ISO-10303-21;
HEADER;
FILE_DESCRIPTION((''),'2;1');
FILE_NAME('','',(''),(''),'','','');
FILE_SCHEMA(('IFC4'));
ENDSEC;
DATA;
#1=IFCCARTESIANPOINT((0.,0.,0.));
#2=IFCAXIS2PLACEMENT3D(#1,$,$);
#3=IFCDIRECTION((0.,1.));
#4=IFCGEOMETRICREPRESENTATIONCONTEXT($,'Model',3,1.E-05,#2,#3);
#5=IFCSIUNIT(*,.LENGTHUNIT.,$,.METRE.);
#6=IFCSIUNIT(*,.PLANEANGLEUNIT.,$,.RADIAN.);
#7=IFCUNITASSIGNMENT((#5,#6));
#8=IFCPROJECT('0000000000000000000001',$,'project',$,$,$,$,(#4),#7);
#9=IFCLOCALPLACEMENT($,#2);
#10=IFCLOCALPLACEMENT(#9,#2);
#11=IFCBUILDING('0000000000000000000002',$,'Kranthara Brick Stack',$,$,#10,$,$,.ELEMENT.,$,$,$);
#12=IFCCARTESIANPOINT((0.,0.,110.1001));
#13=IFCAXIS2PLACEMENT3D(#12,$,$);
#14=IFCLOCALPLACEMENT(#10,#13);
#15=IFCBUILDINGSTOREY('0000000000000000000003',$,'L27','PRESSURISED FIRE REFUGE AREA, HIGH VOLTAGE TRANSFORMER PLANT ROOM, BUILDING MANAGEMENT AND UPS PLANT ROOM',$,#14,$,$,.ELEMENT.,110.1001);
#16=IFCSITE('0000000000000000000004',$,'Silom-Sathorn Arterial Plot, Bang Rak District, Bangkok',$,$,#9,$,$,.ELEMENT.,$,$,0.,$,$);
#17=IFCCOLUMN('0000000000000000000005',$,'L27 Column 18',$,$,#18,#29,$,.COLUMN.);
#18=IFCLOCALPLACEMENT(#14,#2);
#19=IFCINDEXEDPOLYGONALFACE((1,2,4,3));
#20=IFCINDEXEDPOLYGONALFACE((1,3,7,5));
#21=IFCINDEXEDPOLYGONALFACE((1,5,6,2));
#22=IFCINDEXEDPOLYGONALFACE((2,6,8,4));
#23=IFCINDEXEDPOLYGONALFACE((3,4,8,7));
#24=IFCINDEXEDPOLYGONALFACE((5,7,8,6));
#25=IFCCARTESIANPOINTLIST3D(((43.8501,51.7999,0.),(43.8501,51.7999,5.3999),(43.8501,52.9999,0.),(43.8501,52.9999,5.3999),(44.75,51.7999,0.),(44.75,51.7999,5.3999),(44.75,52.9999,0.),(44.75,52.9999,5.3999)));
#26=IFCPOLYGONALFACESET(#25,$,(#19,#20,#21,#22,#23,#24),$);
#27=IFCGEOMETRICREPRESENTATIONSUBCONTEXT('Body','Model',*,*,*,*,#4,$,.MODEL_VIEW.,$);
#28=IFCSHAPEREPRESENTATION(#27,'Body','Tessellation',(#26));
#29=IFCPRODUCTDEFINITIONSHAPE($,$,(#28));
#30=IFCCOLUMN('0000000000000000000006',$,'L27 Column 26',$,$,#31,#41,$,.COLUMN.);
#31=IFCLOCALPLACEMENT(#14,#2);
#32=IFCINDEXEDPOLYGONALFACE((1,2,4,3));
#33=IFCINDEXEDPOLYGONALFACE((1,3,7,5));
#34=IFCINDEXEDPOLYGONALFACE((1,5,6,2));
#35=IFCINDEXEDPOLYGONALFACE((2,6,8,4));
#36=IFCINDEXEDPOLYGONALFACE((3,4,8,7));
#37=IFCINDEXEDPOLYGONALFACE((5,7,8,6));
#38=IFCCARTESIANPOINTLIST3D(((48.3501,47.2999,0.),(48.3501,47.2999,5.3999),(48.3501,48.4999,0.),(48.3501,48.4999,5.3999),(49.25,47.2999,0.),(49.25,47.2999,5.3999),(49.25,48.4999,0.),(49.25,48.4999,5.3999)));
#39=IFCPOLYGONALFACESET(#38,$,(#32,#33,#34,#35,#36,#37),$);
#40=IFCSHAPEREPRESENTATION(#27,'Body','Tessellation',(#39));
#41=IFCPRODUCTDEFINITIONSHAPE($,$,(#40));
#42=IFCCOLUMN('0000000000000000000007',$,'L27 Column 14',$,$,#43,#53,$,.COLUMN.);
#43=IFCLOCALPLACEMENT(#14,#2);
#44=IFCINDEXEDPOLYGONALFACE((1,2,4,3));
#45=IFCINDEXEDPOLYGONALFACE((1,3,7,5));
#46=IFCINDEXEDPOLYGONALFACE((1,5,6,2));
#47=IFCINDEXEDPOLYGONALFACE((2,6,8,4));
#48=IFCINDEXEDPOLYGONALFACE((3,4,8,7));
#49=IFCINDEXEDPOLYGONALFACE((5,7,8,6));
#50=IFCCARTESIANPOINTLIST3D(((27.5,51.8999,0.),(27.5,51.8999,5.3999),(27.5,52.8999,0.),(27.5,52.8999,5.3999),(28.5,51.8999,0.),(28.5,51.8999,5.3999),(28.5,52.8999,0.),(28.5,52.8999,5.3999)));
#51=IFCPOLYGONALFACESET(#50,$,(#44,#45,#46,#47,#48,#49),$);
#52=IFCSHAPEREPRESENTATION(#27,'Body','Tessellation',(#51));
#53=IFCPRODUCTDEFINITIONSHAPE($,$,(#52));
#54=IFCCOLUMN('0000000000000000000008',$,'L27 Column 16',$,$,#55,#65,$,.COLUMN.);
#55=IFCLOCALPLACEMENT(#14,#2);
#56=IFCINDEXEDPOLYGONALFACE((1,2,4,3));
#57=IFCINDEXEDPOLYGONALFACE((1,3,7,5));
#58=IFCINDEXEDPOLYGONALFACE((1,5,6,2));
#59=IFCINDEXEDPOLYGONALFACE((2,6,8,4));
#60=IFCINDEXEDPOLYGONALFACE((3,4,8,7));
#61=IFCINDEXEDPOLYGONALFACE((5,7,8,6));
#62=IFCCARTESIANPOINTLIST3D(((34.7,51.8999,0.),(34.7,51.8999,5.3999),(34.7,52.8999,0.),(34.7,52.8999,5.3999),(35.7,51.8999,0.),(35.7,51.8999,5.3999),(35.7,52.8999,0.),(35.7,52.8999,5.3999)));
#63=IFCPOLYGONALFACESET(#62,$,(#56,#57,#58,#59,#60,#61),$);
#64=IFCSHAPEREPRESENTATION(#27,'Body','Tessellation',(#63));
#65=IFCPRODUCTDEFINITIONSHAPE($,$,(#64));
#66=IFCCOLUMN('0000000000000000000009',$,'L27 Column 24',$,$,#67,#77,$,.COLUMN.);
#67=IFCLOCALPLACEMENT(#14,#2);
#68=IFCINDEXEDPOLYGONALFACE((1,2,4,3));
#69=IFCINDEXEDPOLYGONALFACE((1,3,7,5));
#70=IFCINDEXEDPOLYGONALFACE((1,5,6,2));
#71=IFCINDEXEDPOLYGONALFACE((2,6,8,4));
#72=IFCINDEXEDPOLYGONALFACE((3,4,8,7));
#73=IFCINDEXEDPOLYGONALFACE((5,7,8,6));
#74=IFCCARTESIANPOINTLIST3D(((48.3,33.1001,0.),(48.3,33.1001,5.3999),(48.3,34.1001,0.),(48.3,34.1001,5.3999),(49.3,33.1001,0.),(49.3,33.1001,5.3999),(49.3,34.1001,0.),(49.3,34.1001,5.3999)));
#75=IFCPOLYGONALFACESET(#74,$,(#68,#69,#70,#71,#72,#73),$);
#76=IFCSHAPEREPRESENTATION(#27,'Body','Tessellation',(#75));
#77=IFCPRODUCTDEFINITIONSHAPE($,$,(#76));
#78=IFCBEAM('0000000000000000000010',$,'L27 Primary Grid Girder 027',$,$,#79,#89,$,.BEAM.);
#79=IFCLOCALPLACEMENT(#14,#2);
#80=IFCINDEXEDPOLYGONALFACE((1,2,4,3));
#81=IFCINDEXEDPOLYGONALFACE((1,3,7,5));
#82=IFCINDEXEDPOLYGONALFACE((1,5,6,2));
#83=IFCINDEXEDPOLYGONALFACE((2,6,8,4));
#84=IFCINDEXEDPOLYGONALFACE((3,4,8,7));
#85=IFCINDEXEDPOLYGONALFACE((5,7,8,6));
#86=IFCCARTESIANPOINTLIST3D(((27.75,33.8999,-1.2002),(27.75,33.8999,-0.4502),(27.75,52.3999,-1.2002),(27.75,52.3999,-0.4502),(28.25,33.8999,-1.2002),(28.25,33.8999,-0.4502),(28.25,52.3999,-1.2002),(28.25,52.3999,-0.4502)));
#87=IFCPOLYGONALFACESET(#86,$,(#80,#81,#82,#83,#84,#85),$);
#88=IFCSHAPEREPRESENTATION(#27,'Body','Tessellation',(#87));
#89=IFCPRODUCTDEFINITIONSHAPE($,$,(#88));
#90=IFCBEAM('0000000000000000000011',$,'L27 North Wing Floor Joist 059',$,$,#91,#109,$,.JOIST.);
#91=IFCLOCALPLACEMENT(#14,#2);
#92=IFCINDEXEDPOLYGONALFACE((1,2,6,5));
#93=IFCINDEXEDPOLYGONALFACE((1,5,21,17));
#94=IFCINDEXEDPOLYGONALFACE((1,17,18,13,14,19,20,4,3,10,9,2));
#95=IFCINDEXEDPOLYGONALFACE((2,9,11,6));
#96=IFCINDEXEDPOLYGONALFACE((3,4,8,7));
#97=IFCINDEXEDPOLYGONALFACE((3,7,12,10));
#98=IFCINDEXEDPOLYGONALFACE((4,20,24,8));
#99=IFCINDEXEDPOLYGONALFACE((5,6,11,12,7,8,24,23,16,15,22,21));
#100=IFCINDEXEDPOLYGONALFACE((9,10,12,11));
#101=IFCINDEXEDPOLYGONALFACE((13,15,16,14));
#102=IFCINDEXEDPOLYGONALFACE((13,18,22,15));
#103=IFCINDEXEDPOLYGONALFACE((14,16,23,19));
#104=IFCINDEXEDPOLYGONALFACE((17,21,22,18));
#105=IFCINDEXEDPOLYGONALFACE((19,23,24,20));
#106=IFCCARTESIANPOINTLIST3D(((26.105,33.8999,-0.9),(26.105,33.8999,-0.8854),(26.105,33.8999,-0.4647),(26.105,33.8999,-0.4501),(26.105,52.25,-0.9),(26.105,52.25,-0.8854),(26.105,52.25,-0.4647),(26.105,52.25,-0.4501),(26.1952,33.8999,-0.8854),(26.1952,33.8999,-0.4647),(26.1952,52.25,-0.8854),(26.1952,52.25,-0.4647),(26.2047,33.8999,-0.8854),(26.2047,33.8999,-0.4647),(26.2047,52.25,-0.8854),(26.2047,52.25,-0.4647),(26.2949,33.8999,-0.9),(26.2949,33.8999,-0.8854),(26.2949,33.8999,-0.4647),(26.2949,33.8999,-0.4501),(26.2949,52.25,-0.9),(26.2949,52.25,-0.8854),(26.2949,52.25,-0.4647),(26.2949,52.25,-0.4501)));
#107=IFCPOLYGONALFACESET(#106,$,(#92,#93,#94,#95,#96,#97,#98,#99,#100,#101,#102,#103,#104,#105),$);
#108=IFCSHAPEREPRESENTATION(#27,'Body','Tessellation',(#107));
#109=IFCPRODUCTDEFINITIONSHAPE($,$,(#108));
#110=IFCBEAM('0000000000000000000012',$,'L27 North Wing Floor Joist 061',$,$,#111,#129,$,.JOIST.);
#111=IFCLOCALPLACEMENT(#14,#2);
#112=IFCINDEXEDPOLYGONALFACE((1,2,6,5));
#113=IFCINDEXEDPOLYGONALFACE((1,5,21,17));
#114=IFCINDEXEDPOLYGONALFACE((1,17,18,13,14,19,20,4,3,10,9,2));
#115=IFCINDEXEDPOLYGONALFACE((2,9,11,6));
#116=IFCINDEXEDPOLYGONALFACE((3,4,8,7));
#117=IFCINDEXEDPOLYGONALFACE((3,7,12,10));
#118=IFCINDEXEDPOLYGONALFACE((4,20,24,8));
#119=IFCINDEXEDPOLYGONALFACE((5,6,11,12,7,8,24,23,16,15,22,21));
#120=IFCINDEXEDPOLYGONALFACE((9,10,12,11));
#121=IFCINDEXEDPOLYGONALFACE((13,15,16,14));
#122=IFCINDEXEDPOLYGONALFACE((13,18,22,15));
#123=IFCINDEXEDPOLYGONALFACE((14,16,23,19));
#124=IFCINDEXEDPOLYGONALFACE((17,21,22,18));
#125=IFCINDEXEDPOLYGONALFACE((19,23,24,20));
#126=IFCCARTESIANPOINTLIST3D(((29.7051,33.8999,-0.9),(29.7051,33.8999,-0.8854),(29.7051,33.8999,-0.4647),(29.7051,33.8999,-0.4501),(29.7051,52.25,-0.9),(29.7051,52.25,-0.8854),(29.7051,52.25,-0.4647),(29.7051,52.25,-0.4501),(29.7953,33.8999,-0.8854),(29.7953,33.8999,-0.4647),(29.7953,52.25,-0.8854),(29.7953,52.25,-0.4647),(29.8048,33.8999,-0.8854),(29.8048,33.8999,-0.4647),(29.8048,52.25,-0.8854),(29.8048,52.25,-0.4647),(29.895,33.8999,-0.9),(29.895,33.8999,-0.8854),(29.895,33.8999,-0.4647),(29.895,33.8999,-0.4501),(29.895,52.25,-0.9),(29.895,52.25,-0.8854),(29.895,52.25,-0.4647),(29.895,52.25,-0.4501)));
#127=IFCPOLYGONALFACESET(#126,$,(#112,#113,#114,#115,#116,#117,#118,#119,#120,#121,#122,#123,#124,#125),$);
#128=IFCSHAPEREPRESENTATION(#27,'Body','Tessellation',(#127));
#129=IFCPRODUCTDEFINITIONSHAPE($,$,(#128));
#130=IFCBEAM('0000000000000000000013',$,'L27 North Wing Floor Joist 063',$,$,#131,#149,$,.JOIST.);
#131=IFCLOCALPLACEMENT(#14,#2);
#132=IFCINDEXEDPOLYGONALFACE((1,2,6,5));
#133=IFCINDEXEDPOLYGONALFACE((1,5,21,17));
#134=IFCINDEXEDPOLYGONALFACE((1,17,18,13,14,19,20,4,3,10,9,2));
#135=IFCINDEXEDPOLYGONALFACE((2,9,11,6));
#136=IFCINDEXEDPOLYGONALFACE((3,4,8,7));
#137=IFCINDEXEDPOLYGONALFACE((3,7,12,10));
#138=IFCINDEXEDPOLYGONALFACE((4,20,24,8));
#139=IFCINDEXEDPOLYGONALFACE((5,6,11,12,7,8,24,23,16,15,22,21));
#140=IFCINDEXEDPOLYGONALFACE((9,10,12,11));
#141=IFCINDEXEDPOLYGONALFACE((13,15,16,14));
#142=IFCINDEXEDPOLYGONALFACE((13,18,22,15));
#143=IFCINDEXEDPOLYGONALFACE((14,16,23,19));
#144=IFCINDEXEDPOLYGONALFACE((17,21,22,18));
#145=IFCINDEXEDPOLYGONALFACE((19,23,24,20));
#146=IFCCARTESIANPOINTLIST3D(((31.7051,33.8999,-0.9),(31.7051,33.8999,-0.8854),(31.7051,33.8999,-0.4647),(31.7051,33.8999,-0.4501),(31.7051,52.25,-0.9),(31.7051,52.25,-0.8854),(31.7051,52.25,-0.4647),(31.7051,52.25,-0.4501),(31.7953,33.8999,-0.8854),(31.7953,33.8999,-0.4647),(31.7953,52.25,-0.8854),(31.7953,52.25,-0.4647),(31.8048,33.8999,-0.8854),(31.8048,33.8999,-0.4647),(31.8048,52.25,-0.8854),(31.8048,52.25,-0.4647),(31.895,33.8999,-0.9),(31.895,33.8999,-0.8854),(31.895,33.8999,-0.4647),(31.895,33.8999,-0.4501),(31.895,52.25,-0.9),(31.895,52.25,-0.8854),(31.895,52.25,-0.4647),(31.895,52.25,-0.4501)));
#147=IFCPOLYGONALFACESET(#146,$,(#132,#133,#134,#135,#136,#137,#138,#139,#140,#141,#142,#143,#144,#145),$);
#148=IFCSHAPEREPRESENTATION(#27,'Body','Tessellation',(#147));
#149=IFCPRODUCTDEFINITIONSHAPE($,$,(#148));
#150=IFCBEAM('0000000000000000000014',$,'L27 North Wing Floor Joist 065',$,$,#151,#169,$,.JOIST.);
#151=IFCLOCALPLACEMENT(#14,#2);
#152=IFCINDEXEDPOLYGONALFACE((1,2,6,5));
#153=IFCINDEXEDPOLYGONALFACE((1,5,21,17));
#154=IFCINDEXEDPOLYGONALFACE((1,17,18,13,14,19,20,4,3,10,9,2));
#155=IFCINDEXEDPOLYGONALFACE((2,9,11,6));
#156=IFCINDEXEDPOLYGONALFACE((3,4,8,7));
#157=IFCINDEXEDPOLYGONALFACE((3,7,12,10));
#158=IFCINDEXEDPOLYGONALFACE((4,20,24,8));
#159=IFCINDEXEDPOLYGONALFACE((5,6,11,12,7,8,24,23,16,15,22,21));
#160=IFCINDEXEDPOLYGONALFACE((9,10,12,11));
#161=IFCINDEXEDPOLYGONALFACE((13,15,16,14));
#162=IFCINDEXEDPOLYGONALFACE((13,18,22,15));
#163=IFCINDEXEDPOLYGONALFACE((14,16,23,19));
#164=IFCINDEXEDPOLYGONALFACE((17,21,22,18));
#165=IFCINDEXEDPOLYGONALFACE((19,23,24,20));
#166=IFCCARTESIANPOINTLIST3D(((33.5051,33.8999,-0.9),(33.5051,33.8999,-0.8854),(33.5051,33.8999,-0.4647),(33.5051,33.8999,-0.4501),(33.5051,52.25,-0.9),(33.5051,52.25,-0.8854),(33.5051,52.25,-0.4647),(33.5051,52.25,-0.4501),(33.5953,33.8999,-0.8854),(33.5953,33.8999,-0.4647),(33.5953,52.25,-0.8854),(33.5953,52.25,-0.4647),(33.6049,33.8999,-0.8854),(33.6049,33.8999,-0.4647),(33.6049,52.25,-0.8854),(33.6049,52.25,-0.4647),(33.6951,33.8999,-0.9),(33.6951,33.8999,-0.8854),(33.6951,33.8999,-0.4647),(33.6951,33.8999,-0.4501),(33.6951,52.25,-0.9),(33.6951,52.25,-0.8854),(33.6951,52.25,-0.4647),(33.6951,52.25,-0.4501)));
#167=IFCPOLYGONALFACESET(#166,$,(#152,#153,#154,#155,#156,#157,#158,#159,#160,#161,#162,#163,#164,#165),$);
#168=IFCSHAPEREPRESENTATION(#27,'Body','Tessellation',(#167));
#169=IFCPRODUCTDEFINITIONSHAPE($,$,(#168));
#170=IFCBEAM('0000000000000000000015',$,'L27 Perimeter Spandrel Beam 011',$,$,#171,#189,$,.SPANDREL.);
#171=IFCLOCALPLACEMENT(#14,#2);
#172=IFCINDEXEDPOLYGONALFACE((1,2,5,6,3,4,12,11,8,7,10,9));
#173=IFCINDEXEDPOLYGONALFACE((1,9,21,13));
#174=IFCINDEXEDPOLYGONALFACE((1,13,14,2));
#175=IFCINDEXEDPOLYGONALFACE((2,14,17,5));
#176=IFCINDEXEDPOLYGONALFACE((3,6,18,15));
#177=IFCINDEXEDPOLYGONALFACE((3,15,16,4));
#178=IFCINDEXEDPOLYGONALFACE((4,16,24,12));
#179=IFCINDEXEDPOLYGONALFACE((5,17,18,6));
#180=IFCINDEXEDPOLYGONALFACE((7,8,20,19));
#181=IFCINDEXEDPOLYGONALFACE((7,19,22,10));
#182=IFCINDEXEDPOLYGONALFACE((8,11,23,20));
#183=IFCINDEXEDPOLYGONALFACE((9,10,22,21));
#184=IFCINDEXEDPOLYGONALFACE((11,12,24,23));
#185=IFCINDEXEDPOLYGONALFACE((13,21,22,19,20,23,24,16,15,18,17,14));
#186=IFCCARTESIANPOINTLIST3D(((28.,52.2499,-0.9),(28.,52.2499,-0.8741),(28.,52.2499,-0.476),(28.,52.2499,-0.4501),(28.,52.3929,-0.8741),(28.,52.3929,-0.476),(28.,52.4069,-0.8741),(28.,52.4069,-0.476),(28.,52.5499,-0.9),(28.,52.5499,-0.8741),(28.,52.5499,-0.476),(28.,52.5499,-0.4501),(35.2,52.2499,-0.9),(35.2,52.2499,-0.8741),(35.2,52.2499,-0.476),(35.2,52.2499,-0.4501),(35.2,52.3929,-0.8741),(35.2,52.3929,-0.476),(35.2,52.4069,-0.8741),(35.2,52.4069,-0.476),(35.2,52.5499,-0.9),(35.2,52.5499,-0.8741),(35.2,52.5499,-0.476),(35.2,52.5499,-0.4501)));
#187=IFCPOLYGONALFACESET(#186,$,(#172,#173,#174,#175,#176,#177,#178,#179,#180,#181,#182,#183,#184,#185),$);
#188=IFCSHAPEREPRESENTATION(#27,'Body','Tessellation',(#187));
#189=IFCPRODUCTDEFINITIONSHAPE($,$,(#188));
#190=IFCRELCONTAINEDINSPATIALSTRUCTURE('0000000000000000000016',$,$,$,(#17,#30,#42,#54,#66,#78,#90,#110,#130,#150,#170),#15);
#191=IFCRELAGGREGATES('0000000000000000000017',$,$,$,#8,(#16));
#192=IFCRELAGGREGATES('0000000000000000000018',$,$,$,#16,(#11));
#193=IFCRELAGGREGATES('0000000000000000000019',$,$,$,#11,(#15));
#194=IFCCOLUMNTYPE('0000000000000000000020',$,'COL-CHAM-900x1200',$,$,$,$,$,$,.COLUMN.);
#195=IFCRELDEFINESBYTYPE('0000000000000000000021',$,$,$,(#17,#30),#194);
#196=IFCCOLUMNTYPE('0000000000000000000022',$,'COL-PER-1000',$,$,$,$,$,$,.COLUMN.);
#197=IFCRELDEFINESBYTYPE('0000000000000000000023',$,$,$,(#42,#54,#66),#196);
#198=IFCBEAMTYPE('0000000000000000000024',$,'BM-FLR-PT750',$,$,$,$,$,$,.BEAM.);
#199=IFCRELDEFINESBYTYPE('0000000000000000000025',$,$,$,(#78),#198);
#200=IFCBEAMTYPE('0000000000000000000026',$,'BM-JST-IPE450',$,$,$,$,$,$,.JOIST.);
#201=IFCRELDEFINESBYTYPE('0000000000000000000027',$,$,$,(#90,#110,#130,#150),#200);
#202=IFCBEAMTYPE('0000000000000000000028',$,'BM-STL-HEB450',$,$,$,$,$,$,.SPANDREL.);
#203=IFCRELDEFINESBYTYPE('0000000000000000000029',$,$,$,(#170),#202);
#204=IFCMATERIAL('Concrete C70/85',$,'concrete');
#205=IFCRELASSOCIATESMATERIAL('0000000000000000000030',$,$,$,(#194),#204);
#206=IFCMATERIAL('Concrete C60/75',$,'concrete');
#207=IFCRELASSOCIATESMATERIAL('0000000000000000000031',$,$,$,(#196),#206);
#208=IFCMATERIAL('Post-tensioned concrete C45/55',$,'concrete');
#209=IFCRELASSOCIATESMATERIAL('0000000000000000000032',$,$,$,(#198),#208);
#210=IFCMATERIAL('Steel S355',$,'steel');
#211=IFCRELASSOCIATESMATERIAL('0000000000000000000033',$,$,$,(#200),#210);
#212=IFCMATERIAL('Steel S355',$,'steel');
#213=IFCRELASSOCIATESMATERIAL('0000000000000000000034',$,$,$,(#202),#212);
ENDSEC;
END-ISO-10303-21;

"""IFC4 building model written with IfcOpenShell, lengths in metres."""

from ifc_helpers import new_model, si_unit, direction, frame, origin, origin_2d, place, context, subcontext, project, spatial, rectangle, i_section, extrude, material, material_profile, profile_set, type_object, element, save


model = new_model("IFC4")

# Units and contexts
model_context = context("Model", 3, precision=1e-05, world=origin(), true_north=direction((0.0, 1.0)))
body_context = subcontext(model_context, "Body", "Model", "MODEL_VIEW")
ifc_project = project(units=[si_unit("LENGTHUNIT", "METRE"), si_unit("PLANEANGLEUNIT", "RADIAN")], contexts=[model_context])

# Site, building, storey
site_placement = place(None, origin())
site = spatial("IfcSite", under=ifc_project, at=site_placement, Name="Silom-Sathorn Arterial Plot, Bang Rak District, Bangkok", CompositionType="ELEMENT", RefElevation=0.0)
building_placement = place(site_placement, origin())
building = spatial("IfcBuilding", under=site, at=building_placement, Name="Kranthara Brick Stack", CompositionType="ELEMENT")
storey_placement = place(building_placement, frame((0.0, 0.0, 110.1001)))
storey = spatial("IfcBuildingStorey", under=building, at=storey_placement, Name="L27", Description="PRESSURISED FIRE REFUGE AREA, HIGH VOLTAGE TRANSFORMER PLANT ROOM, BUILDING MANAGEMENT AND UPS PLANT ROOM", CompositionType="ELEMENT", Elevation=110.1001)

# Columns
ifc_material_1 = material(Name="Concrete C70/85", Category="concrete")
ifc_material_profile_1 = material_profile(ifc_material_1, rectangle(XDim=0.8999, YDim=1.2, at=origin_2d()), Name="RC 900x1200")
ifc_profile_set_1 = profile_set([ifc_material_profile_1], Name="Concrete C70/85")
column_type_1 = type_object("IfcColumnType", Name="COL-CHAM-900x1200", PredefinedType="COLUMN", material=ifc_profile_set_1)
for number, where, z_axis, x_axis, name in (
    (1, (44.3, 52.3999, 0.0), (0.0, 0.0, 1.0), (1.0, 0.0, 0.0), "L27 Column 18"),
    (2, (48.8, 47.8999, 0.0), (0.0, 0.0, 1.0), (1.0, 0.0, 0.0), "L27 Column 26"),
):
    element("IfcColumn", number, at=place(storey_placement, frame(where, z_axis=z_axis, x_axis=x_axis)), inside=storey, type_object=column_type_1, Name=name, PredefinedType="COLUMN", context=body_context, shape_type="SweptSolid", body=[
        extrude(rectangle(XDim=0.8999, YDim=1.2, at=origin_2d()), origin(), (0.0, 0.0, 1.0), 5.3999),
    ])
ifc_material_2 = material(Name="Concrete C60/75", Category="concrete")
ifc_material_profile_2 = material_profile(ifc_material_2, rectangle(XDim=1.0, YDim=1.0, at=origin_2d()), Name="RC 1000x1000")
ifc_profile_set_2 = profile_set([ifc_material_profile_2], Name="Concrete C60/75")
column_type_2 = type_object("IfcColumnType", Name="COL-PER-1000", PredefinedType="COLUMN", material=ifc_profile_set_2)
for number, where, z_axis, x_axis, name in (
    (3, (28.0, 52.3999, 0.0), (0.0, 0.0, 1.0), (1.0, 0.0, 0.0), "L27 Column 14"),
    (4, (35.2, 52.3999, 0.0), (0.0, 0.0, 1.0), (1.0, 0.0, 0.0), "L27 Column 16"),
    (5, (48.8, 33.6001, 0.0), (0.0, 0.0, 1.0), (1.0, 0.0, 0.0), "L27 Column 24"),
):
    element("IfcColumn", number, at=place(storey_placement, frame(where, z_axis=z_axis, x_axis=x_axis)), inside=storey, type_object=column_type_2, Name=name, PredefinedType="COLUMN", context=body_context, shape_type="SweptSolid", body=[
        extrude(rectangle(XDim=1.0, YDim=1.0, at=origin_2d()), origin(), (0.0, 0.0, 1.0), 5.3999),
    ])

# Beams
ifc_material_3 = material(Name="Post-tensioned concrete C45/55", Category="concrete")
ifc_material_profile_3 = material_profile(ifc_material_3, rectangle(XDim=0.5, YDim=0.75, at=origin_2d()), Name="PT 500x750")
ifc_profile_set_3 = profile_set([ifc_material_profile_3], Name="Post-tensioned concrete C45/55")
beam_type_1 = type_object("IfcBeamType", Name="BM-FLR-PT750", PredefinedType="BEAM", material=ifc_profile_set_3)
beam_1_placement = place(storey_placement, frame((28.0, 33.8999, -0.8252), z_axis=(0.0, 1.0, 0.0), x_axis=(-1.0, 0.0, 0.0)))
element("IfcBeam", 6, at=beam_1_placement, inside=storey, type_object=beam_type_1, Name="L27 Primary Grid Girder 027", PredefinedType="BEAM", context=body_context, shape_type="SweptSolid", body=[
    extrude(rectangle(XDim=0.5, YDim=0.75, at=origin_2d()), origin(), (0.0, 0.0, 1.0), 18.5),
])
ifc_material_4 = material(Name="Steel S355", Category="steel")
ifc_material_profile_4 = material_profile(ifc_material_4, i_section(OverallWidth=0.1899, OverallDepth=0.45, WebThickness=0.0095, FlangeThickness=0.0146, at=origin_2d()), Name="IPE 450")
ifc_profile_set_4 = profile_set([ifc_material_profile_4], Name="Steel S355")
beam_type_2 = type_object("IfcBeamType", Name="BM-JST-IPE450", PredefinedType="JOIST", material=ifc_profile_set_4)
for number, where, z_axis, x_axis, name in (
    (7, (26.2, 33.8999, -0.675), (0.0, 1.0, 0.0), (-1.0, 0.0, 0.0), "L27 North Wing Floor Joist 059"),
    (8, (29.8, 33.8999, -0.675), (0.0, 1.0, 0.0), (-1.0, 0.0, 0.0), "L27 North Wing Floor Joist 061"),
    (9, (31.8, 33.8999, -0.675), (0.0, 1.0, 0.0), (-1.0, 0.0, 0.0), "L27 North Wing Floor Joist 063"),
    (10, (33.6001, 33.8999, -0.675), (0.0, 1.0, 0.0), (-1.0, 0.0, 0.0), "L27 North Wing Floor Joist 065"),
):
    element("IfcBeam", number, at=place(storey_placement, frame(where, z_axis=z_axis, x_axis=x_axis)), inside=storey, type_object=beam_type_2, Name=name, PredefinedType="JOIST", context=body_context, shape_type="SweptSolid", body=[
        extrude(i_section(OverallWidth=0.1899, OverallDepth=0.45, WebThickness=0.0095, FlangeThickness=0.0146, at=origin_2d()), origin(), (0.0, 0.0, 1.0), 18.3501),
    ])
ifc_material_5 = material(Name="Steel S355", Category="steel")
ifc_material_profile_5 = material_profile(ifc_material_5, i_section(OverallWidth=0.3, OverallDepth=0.45, WebThickness=0.0139, FlangeThickness=0.0259, at=origin_2d()), Name="HEB 450")
ifc_profile_set_5 = profile_set([ifc_material_profile_5], Name="Steel S355")
beam_type_3 = type_object("IfcBeamType", Name="BM-STL-HEB450", PredefinedType="SPANDREL", material=ifc_profile_set_5)
beam_2_placement = place(storey_placement, frame((28.0, 52.3999, -0.675), z_axis=(1.0, 0.0, 0.0), x_axis=(0.0, 1.0, 0.0)))
element("IfcBeam", 11, at=beam_2_placement, inside=storey, type_object=beam_type_3, Name="L27 Perimeter Spandrel Beam 011", PredefinedType="SPANDREL", context=body_context, shape_type="SweptSolid", body=[
    extrude(i_section(OverallWidth=0.3, OverallDepth=0.45, WebThickness=0.0139, FlangeThickness=0.0259, at=origin_2d()), origin(), (0.0, 0.0, 1.0), 7.2),
])

save(model, "model.ifc")
